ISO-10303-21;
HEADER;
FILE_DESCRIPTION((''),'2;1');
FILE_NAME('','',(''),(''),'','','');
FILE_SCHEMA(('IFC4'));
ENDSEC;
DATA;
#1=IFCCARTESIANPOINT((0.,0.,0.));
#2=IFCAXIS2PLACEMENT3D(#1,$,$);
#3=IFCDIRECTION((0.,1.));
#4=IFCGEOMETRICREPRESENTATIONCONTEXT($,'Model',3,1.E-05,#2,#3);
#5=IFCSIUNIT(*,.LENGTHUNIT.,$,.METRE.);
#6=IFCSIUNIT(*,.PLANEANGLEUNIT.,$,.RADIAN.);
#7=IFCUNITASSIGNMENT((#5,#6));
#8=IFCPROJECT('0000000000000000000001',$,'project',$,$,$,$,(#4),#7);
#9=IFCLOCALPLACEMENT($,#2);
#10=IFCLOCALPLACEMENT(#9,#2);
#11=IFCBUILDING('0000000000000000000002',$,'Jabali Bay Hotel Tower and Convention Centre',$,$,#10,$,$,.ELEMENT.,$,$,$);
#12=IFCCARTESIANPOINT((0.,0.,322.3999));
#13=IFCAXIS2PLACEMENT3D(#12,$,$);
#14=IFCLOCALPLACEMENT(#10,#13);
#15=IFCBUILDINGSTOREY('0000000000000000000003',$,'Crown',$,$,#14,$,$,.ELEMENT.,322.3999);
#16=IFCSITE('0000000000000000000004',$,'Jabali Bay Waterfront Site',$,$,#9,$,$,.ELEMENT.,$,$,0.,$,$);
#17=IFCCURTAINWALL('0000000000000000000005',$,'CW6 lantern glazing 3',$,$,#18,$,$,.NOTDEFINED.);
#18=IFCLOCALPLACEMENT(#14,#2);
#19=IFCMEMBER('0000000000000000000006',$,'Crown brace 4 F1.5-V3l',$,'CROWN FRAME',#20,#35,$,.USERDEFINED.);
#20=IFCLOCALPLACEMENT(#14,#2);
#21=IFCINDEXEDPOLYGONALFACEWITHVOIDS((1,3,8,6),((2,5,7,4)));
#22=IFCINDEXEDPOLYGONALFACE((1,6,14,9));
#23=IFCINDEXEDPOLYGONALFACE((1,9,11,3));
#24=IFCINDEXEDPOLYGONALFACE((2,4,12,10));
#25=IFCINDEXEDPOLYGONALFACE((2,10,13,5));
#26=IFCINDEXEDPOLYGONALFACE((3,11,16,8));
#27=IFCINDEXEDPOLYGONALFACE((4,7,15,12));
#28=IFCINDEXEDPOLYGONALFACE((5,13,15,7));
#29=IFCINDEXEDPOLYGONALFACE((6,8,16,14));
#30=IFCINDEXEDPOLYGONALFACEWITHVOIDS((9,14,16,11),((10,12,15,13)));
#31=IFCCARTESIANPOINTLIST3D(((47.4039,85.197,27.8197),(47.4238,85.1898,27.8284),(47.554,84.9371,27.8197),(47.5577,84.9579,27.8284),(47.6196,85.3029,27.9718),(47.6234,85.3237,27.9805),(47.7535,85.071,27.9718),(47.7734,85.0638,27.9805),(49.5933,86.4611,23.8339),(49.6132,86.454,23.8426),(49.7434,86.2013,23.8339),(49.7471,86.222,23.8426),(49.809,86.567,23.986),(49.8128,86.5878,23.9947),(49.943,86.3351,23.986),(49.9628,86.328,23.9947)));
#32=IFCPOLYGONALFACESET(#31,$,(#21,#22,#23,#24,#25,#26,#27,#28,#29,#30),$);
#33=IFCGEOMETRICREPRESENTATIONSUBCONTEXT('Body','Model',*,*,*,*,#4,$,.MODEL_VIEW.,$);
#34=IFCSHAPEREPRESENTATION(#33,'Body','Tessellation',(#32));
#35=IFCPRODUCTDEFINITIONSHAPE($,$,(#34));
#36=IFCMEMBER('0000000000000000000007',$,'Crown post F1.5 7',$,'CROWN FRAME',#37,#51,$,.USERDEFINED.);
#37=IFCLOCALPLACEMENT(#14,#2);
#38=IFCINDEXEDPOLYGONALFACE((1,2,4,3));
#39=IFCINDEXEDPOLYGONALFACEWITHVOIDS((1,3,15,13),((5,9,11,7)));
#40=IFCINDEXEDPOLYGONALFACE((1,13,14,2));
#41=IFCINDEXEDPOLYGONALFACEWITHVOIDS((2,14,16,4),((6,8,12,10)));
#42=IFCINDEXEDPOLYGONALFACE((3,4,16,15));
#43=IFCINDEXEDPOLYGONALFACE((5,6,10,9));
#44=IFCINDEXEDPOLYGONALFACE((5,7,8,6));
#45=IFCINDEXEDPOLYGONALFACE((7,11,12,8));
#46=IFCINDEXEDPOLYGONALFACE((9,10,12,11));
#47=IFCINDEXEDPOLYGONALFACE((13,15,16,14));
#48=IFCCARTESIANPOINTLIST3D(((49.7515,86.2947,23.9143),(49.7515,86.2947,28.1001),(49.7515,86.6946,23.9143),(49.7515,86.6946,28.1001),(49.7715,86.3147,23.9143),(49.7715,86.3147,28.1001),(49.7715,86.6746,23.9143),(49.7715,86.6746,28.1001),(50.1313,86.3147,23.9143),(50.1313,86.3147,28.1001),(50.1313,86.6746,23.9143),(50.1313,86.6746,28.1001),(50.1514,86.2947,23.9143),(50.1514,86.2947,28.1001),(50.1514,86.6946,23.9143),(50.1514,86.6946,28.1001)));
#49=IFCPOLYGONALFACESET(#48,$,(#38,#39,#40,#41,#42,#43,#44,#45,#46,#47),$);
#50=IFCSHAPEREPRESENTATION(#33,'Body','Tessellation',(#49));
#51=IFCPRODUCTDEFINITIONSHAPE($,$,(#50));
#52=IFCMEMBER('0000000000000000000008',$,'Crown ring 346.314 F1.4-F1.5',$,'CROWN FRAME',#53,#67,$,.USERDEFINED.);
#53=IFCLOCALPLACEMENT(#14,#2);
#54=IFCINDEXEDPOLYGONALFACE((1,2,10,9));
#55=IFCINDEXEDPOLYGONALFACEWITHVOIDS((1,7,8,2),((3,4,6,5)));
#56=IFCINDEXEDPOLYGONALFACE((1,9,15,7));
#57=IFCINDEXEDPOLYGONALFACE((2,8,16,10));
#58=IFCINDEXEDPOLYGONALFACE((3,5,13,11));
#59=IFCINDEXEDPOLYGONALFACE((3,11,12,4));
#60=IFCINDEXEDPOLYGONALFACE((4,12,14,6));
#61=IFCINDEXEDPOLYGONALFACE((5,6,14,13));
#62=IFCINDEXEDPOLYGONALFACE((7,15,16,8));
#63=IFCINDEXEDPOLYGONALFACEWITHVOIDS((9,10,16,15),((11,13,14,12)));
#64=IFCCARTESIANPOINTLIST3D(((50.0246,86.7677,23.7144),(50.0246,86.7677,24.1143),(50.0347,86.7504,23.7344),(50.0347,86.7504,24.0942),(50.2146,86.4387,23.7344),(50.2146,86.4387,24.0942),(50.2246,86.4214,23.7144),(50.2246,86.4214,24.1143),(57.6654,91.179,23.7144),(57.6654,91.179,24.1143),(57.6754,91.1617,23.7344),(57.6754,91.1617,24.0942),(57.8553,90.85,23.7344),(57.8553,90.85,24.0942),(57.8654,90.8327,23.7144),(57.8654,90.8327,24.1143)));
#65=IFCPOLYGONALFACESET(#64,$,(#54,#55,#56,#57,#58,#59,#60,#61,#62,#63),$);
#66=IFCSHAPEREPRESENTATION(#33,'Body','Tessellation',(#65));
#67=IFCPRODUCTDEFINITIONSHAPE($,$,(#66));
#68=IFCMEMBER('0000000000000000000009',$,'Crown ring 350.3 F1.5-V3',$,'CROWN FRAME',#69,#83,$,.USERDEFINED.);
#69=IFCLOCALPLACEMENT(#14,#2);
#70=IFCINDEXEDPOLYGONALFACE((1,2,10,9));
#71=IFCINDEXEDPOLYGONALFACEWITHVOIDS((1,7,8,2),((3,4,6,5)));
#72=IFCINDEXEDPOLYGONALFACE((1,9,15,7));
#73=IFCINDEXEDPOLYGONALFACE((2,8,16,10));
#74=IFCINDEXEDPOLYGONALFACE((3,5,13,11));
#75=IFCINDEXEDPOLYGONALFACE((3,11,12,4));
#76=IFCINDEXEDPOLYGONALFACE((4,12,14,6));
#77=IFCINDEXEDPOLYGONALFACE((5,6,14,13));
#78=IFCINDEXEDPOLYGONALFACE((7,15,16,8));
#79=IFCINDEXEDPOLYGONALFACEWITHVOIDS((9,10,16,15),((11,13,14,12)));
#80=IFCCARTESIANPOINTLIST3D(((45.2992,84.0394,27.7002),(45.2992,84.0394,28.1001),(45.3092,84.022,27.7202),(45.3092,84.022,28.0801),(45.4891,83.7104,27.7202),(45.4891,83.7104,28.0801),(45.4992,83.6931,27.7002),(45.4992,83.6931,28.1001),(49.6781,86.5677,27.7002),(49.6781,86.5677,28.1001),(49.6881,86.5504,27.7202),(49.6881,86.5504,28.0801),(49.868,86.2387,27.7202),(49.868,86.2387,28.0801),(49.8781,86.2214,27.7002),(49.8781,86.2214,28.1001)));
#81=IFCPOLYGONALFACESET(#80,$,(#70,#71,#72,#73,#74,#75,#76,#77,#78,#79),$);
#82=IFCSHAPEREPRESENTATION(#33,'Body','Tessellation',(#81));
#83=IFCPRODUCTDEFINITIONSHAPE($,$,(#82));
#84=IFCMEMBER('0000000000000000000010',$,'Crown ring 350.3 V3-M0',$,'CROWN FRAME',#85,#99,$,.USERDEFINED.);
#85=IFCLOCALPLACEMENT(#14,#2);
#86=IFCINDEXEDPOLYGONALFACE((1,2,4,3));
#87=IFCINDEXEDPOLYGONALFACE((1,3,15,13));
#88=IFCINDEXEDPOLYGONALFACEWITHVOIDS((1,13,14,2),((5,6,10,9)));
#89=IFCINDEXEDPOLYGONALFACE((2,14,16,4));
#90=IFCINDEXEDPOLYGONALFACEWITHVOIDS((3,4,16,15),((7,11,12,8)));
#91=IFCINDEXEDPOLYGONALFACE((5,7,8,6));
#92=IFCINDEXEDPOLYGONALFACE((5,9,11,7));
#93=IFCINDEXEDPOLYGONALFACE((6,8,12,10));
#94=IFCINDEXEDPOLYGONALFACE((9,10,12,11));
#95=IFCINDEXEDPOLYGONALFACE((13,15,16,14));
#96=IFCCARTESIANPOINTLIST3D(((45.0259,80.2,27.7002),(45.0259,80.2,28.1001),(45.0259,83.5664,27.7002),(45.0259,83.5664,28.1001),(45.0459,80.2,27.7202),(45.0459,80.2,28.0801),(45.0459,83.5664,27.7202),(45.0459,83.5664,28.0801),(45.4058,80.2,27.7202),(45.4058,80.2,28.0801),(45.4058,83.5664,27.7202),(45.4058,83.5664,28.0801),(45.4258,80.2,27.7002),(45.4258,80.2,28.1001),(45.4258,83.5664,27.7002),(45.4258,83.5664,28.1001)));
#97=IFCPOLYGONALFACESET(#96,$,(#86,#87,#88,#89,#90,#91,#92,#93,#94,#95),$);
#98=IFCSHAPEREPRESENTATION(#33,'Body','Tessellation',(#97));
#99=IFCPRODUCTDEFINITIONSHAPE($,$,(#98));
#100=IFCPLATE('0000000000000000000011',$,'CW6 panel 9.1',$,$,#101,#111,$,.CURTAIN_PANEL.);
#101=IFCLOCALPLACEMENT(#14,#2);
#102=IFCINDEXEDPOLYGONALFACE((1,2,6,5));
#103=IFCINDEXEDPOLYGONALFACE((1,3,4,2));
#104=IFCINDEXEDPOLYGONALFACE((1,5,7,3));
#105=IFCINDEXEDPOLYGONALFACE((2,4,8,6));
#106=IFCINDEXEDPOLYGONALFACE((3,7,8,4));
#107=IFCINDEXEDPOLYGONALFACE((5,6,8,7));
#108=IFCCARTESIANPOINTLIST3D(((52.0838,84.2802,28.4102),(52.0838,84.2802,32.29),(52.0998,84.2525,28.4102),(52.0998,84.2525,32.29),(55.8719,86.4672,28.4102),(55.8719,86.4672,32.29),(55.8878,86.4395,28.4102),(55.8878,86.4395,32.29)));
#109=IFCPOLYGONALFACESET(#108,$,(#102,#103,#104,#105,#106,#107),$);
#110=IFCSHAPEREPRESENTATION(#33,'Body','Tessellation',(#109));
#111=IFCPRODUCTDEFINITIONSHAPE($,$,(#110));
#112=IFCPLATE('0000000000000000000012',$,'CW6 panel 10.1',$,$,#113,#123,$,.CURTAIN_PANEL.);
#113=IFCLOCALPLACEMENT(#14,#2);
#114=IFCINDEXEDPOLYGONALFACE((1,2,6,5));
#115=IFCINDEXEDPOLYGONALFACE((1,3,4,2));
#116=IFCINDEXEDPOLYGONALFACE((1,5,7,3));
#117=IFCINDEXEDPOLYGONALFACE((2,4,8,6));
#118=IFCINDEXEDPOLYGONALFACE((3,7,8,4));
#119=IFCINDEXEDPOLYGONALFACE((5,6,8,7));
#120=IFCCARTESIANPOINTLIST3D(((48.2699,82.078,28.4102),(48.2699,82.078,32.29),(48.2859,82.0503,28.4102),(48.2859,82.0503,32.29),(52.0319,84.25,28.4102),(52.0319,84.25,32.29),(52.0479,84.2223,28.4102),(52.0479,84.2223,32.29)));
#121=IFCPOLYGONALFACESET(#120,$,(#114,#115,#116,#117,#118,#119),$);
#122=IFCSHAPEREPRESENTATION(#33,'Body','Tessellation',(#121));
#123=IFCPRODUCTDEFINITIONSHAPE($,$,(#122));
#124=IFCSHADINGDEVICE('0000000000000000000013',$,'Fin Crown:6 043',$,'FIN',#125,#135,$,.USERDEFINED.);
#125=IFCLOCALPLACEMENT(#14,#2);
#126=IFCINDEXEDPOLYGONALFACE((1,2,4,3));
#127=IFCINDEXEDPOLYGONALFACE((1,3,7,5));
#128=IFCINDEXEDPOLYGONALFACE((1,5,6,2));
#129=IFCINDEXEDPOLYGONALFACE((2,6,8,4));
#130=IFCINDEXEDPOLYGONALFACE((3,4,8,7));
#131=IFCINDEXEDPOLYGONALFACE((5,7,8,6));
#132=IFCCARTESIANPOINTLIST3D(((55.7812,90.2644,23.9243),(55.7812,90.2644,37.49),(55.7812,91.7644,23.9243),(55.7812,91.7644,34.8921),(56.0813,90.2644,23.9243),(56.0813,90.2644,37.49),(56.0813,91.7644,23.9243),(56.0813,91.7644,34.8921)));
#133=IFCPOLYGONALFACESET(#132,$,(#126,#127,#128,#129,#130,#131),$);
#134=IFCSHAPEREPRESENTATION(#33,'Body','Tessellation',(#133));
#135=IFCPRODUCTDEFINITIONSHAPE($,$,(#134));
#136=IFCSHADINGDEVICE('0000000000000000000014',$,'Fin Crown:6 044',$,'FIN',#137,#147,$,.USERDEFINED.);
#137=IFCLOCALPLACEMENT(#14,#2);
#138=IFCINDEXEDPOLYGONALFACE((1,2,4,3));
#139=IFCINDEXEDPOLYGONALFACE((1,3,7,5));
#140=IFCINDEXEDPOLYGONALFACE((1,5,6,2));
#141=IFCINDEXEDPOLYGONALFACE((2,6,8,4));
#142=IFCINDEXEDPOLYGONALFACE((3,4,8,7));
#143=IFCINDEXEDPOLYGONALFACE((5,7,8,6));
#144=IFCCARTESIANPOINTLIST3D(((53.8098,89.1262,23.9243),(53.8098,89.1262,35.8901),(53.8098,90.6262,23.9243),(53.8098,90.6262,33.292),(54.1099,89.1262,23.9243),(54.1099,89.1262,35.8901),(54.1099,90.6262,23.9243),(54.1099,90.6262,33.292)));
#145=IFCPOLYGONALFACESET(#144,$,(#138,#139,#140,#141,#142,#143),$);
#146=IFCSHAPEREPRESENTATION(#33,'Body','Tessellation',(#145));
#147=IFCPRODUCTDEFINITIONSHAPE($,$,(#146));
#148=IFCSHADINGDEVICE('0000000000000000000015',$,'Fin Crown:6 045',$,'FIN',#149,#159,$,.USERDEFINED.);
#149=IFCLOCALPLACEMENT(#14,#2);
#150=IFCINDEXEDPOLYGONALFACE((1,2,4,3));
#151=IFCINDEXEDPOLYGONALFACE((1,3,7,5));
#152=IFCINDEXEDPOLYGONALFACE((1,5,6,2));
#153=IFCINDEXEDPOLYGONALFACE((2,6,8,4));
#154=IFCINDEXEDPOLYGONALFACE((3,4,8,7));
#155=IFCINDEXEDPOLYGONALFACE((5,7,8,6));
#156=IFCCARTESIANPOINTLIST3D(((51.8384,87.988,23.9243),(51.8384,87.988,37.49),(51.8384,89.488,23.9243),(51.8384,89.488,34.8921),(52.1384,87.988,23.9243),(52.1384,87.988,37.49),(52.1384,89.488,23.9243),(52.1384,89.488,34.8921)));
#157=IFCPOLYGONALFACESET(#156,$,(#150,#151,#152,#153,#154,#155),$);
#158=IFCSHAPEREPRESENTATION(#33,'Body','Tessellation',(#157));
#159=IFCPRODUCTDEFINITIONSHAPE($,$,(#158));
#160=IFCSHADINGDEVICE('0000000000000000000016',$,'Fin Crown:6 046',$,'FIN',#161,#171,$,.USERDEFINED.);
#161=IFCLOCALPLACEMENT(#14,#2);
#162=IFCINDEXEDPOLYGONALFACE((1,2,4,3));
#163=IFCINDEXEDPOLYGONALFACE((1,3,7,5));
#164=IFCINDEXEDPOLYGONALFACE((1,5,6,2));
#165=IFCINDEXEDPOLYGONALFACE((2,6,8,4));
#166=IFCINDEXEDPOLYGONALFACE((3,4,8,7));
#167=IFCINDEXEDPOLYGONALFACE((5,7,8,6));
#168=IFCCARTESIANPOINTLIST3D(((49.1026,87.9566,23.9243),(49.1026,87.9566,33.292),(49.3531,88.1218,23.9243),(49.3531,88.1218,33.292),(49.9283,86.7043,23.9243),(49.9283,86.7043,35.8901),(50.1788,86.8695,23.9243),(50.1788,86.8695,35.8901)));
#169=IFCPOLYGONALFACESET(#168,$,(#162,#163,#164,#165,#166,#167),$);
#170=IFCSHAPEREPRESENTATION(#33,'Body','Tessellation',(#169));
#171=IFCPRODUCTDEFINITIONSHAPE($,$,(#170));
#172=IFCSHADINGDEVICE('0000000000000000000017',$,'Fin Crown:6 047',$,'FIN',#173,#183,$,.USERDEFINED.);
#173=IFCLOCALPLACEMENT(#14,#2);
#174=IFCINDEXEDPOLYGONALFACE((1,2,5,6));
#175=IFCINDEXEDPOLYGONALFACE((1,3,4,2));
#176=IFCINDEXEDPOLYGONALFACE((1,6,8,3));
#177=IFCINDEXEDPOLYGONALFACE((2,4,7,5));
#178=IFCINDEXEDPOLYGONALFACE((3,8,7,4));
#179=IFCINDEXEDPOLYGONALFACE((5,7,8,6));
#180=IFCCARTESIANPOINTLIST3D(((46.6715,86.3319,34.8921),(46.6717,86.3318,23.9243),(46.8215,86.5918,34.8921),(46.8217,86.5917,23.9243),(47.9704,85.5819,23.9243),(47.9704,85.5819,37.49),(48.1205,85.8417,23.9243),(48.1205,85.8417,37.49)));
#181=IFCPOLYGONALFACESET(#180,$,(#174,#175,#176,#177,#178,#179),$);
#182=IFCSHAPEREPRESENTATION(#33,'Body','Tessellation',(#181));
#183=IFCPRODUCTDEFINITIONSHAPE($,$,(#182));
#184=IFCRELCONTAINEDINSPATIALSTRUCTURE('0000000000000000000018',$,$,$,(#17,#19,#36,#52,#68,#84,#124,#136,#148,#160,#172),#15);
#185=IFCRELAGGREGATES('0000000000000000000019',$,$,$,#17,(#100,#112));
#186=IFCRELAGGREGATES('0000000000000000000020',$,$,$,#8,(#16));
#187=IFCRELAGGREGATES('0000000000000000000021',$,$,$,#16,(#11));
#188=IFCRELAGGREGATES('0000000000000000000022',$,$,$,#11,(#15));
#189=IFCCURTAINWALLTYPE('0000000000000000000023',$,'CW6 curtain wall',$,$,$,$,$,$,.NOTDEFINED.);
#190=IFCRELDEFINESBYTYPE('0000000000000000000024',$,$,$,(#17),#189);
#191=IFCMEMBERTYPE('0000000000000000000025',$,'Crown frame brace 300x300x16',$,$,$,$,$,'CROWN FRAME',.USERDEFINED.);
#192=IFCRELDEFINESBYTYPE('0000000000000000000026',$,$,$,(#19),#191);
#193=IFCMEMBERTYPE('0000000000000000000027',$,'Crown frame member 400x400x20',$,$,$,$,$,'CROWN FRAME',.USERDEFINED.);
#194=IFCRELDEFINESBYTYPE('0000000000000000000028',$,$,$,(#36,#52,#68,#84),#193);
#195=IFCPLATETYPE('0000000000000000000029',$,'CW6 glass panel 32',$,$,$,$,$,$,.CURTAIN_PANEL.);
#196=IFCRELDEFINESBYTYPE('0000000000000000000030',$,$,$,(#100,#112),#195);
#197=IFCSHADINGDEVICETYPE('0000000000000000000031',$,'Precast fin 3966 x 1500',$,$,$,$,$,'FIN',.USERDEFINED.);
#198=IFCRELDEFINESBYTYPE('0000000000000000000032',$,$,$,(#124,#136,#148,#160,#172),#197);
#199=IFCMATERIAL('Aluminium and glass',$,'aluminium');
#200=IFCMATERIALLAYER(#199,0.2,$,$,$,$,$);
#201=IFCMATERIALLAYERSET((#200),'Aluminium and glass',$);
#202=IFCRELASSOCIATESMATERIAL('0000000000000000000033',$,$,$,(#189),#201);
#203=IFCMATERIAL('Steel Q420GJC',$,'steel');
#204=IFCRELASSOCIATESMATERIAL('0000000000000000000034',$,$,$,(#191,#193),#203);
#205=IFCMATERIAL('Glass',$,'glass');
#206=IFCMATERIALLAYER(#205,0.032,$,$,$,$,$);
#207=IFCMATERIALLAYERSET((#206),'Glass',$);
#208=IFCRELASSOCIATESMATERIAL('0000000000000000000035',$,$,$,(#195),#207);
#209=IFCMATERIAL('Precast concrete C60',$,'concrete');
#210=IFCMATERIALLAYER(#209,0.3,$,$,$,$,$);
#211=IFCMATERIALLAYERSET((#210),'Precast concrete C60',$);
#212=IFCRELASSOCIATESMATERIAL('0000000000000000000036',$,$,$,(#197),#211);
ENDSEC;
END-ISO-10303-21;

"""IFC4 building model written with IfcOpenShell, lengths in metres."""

from ifc_helpers import new_model, si_unit, direction, frame, origin, origin_2d, place, context, subcontext, project, spatial, polyline, rectangle, hollow_rectangle, outline, extrude, material, layer, layer_set, material_profile, profile_set, type_object, element, aggregate, save


model = new_model("IFC4")

# Units and contexts
model_context = context("Model", 3, precision=1e-05, world=origin(), true_north=direction((0.0, 1.0)))
body_context = subcontext(model_context, "Body", "Model", "MODEL_VIEW")
ifc_project = project(units=[si_unit("LENGTHUNIT", "METRE"), si_unit("PLANEANGLEUNIT", "RADIAN")], contexts=[model_context])

# Site, building, storey
site_placement = place(None, origin())
site = spatial("IfcSite", under=ifc_project, at=site_placement, Name="Jabali Bay Waterfront Site", CompositionType="ELEMENT", RefElevation=0.0)
building_placement = place(site_placement, origin())
building = spatial("IfcBuilding", under=site, at=building_placement, Name="Jabali Bay Hotel Tower and Convention Centre", CompositionType="ELEMENT")
storey_placement = place(building_placement, frame((0.0, 0.0, 322.3999)))
storey = spatial("IfcBuildingStorey", under=building, at=storey_placement, Name="Crown", CompositionType="ELEMENT", Elevation=322.3999)

# Curtain wall
ifc_material_1 = material(Name="Aluminium and glass", Category="aluminium")
ifc_layer_1 = layer(ifc_material_1, 0.2)
ifc_layer_set_1 = layer_set([ifc_layer_1], Name="Aluminium and glass")
curtain_wall_type = type_object("IfcCurtainWallType", Name="CW6 curtain wall", PredefinedType="NOTDEFINED", material=ifc_layer_set_1)
curtain_wall_placement = place(storey_placement, origin())
curtain_wall = element("IfcCurtainWall", 1, at=curtain_wall_placement, inside=storey, type_object=curtain_wall_type, Name="CW6 lantern glazing 3", PredefinedType="NOTDEFINED")

# Members
ifc_material_2 = material(Name="Steel Q420GJC", Category="steel")
ifc_material_profile_1 = material_profile(ifc_material_2, hollow_rectangle(XDim=0.3, YDim=0.3, WallThickness=0.0161, at=origin_2d()), Name="Crown frame brace 300x300x16")
ifc_profile_set_1 = profile_set([ifc_material_profile_1], Name="Steel Q420GJC")
member_type_1 = type_object("IfcMemberType", Name="Crown frame brace 300x300x16", ElementType="CROWN FRAME", PredefinedType="USERDEFINED", material=ifc_profile_set_1)
member_1_placement = place(storey_placement, frame((49.7781, 86.3945, 23.9143), z_axis=(-0.463864, -0.267829, 0.844451), x_axis=(0.500023, -0.866012, 0.0)))
element("IfcMember", 2, at=member_1_placement, inside=storey, type_object=member_type_1, Name="Crown brace 4 F1.5-V3l", ObjectType="CROWN FRAME", PredefinedType="USERDEFINED", context=body_context, shape_type="SweptSolid", body=[
    extrude(hollow_rectangle(XDim=0.3, YDim=0.3, WallThickness=0.0161, at=origin_2d()), origin(), (0.0, 0.0, 1.0), 4.72),
])
ifc_material_profile_2 = material_profile(ifc_material_2, hollow_rectangle(XDim=0.3999, YDim=0.3999, WallThickness=0.02, at=origin_2d()), Name="Crown frame member 400x400x20")
ifc_profile_set_2 = profile_set([ifc_material_profile_2], Name="Steel Q420GJC")
member_type_2 = type_object("IfcMemberType", Name="Crown frame member 400x400x20", ElementType="CROWN FRAME", PredefinedType="USERDEFINED", material=ifc_profile_set_2)
member_2_placement = place(storey_placement, frame((49.9514, 86.4946, 23.9143), z_axis=(0.0, 0.0, 1.0), x_axis=(1.0, 0.0, 0.0)))
element("IfcMember", 3, at=member_2_placement, inside=storey, type_object=member_type_2, Name="Crown post F1.5 7", ObjectType="CROWN FRAME", PredefinedType="USERDEFINED", context=body_context, shape_type="SweptSolid", body=[
    extrude(hollow_rectangle(XDim=0.3999, YDim=0.3999, WallThickness=0.02, at=origin_2d()), origin(), (0.0, 0.0, 1.0), 4.1858),
])
member_3_placement = place(storey_placement, frame((57.7654, 91.0059, 23.9143), z_axis=(-0.866029, -0.499993, 0.0), x_axis=(0.499993, -0.866029, 0.0)))
element("IfcMember", 4, at=member_3_placement, inside=storey, type_object=member_type_2, Name="Crown ring 346.314 F1.4-F1.5", ObjectType="CROWN FRAME", PredefinedType="USERDEFINED", context=body_context, shape_type="SweptSolid", body=[
    extrude(hollow_rectangle(XDim=0.3999, YDim=0.3999, WallThickness=0.02, at=origin_2d()), origin(), (0.0, 0.0, 1.0), 8.8228),
])
member_4_placement = place(storey_placement, frame((49.7781, 86.3945, 27.9001), z_axis=(-0.866012, -0.500023, 0.0), x_axis=(0.500023, -0.866012, 0.0)))
element("IfcMember", 5, at=member_4_placement, inside=storey, type_object=member_type_2, Name="Crown ring 350.3 F1.5-V3", ObjectType="CROWN FRAME", PredefinedType="USERDEFINED", context=body_context, shape_type="SweptSolid", body=[
    extrude(hollow_rectangle(XDim=0.3999, YDim=0.3999, WallThickness=0.02, at=origin_2d()), origin(), (0.0, 0.0, 1.0), 5.0564),
])
member_5_placement = place(storey_placement, frame((45.2258, 83.5664, 27.9001), z_axis=(0.0, -1.0, 0.0), x_axis=(1.0, 0.0, 0.0)))
element("IfcMember", 6, at=member_5_placement, inside=storey, type_object=member_type_2, Name="Crown ring 350.3 V3-M0", ObjectType="CROWN FRAME", PredefinedType="USERDEFINED", context=body_context, shape_type="SweptSolid", body=[
    extrude(hollow_rectangle(XDim=0.3999, YDim=0.3999, WallThickness=0.02, at=origin_2d()), origin(), (0.0, 0.0, 1.0), 3.3665),
])

# Plates
ifc_material_3 = material(Name="Glass", Category="glass")
ifc_layer_2 = layer(ifc_material_3, 0.032)
ifc_layer_set_2 = layer_set([ifc_layer_2], Name="Glass")
plate_type = type_object("IfcPlateType", Name="CW6 glass panel 32", PredefinedType="CURTAIN_PANEL", material=ifc_layer_set_2)
plate_1_placement = place(storey_placement, frame((53.9858, 85.3599, 28.4102), z_axis=(0.0, 0.0, 1.0), x_axis=(-0.866025, -0.5, 0.0)))
plate_1 = element("IfcPlate", 7, at=plate_1_placement, type_object=plate_type, Name="CW6 panel 9.1", PredefinedType="CURTAIN_PANEL", context=body_context, shape_type="SweptSolid", body=[
    extrude(rectangle(XDim=4.374, YDim=0.032, at=origin_2d()), origin(), (0.0, 0.0, 1.0), 3.8799),
])
plate_2_placement = place(storey_placement, frame((50.1589, 83.1501, 28.4102), z_axis=(0.0, 0.0, 1.0), x_axis=(-0.866025, -0.5, 0.0)))
plate_2 = element("IfcPlate", 8, at=plate_2_placement, type_object=plate_type, Name="CW6 panel 10.1", PredefinedType="CURTAIN_PANEL", context=body_context, shape_type="SweptSolid", body=[
    extrude(rectangle(XDim=4.344, YDim=0.032, at=origin_2d()), origin(), (0.0, 0.0, 1.0), 3.8799),
])
aggregate(curtain_wall, [plate_1, plate_2])

# Shading devices
ifc_material_4 = material(Name="Precast concrete C60", Category="concrete")
ifc_layer_3 = layer(ifc_material_4, 0.3)
ifc_layer_set_3 = layer_set([ifc_layer_3], Name="Precast concrete C60")
shading_device_type = type_object("IfcShadingDeviceType", Name="Precast fin 3966 x 1500", ElementType="FIN", PredefinedType="USERDEFINED", material=ifc_layer_set_3)
shading_device_1_placement = place(storey_placement, frame((55.9312, 90.2644, 23.9243), z_axis=(0.0, 0.0, 1.0), x_axis=(0.0, 1.0, 0.0)))
element("IfcShadingDevice", 9, at=shading_device_1_placement, inside=storey, type_object=shading_device_type, Name="Fin Crown:6 043", ObjectType="FIN", PredefinedType="USERDEFINED", context=body_context, shape_type="SweptSolid", body=[
    extrude(outline(polyline([(0.0, 0.0), (1.5, 0.0), (1.5, 10.9678), (0.0, 13.5657), (0.0, 0.0)])), frame((0.0, 0.1499, 0.0), z_axis=(0.0, -1.0, 0.0), x_axis=(1.0, 0.0, 0.0)), (0.0, 0.0, 1.0), 0.3),
])
shading_device_2_placement = place(storey_placement, frame((53.9597, 89.1262, 23.9243), z_axis=(0.0, 0.0, 1.0), x_axis=(0.0, 1.0, 0.0)))
element("IfcShadingDevice", 10, at=shading_device_2_placement, inside=storey, type_object=shading_device_type, Name="Fin Crown:6 044", ObjectType="FIN", PredefinedType="USERDEFINED", context=body_context, shape_type="SweptSolid", body=[
    extrude(outline(polyline([(0.0, 0.0), (1.5, 0.0), (1.5, 9.3677), (0.0, 11.9658), (0.0, 0.0)])), frame((0.0, 0.1499, 0.0), z_axis=(0.0, -1.0, 0.0), x_axis=(1.0, 0.0, 0.0)), (0.0, 0.0, 1.0), 0.3),
])
shading_device_3_placement = place(storey_placement, frame((51.9883, 87.988, 23.9243), z_axis=(0.0, 0.0, 1.0), x_axis=(0.0, 1.0, 0.0)))
element("IfcShadingDevice", 11, at=shading_device_3_placement, inside=storey, type_object=shading_device_type, Name="Fin Crown:6 045", ObjectType="FIN", PredefinedType="USERDEFINED", context=body_context, shape_type="SweptSolid", body=[
    extrude(outline(polyline([(0.0, 0.0), (1.5, 0.0), (1.5, 10.9678), (0.0, 13.5657), (0.0, 0.0)])), frame((0.0, 0.1499, 0.0), z_axis=(0.0, -1.0, 0.0), x_axis=(1.0, 0.0, 0.0)), (0.0, 0.0, 1.0), 0.3),
])
shading_device_4_placement = place(storey_placement, frame((50.0535, 86.7869, 23.9243), z_axis=(0.0, 0.0, 1.0), x_axis=(-0.550486, 0.834844, 0.0)))
element("IfcShadingDevice", 12, at=shading_device_4_placement, inside=storey, type_object=shading_device_type, Name="Fin Crown:6 046", ObjectType="FIN", PredefinedType="USERDEFINED", context=body_context, shape_type="SweptSolid", body=[
    extrude(outline(polyline([(0.0, 0.0), (1.5, 0.0), (1.5, 9.3677), (0.0, 11.9658), (0.0, 0.0)])), frame((0.0, 0.1499, 0.0), z_axis=(0.0, -1.0, 0.0), x_axis=(1.0, 0.0, 0.0)), (0.0, 0.0, 1.0), 0.3),
])
shading_device_5_placement = place(storey_placement, frame((48.0454, 85.7117, 23.9243), z_axis=(0.0, 0.0, 1.0), x_axis=(-0.86599, 0.500061, 0.0)))
element("IfcShadingDevice", 13, at=shading_device_5_placement, inside=storey, type_object=shading_device_type, Name="Fin Crown:6 047", ObjectType="FIN", PredefinedType="USERDEFINED", context=body_context, shape_type="SweptSolid", body=[
    extrude(outline(polyline([(0.0, 0.0), (1.4998, 0.0), (1.5, 10.9678), (0.0, 13.5657), (0.0, 0.0)])), frame((0.0, 0.1499, 0.0), z_axis=(0.0, -1.0, 0.0), x_axis=(1.0, 0.0, 0.0)), (0.0, 0.0, 1.0), 0.3),
])

save(model, "model.ifc")
